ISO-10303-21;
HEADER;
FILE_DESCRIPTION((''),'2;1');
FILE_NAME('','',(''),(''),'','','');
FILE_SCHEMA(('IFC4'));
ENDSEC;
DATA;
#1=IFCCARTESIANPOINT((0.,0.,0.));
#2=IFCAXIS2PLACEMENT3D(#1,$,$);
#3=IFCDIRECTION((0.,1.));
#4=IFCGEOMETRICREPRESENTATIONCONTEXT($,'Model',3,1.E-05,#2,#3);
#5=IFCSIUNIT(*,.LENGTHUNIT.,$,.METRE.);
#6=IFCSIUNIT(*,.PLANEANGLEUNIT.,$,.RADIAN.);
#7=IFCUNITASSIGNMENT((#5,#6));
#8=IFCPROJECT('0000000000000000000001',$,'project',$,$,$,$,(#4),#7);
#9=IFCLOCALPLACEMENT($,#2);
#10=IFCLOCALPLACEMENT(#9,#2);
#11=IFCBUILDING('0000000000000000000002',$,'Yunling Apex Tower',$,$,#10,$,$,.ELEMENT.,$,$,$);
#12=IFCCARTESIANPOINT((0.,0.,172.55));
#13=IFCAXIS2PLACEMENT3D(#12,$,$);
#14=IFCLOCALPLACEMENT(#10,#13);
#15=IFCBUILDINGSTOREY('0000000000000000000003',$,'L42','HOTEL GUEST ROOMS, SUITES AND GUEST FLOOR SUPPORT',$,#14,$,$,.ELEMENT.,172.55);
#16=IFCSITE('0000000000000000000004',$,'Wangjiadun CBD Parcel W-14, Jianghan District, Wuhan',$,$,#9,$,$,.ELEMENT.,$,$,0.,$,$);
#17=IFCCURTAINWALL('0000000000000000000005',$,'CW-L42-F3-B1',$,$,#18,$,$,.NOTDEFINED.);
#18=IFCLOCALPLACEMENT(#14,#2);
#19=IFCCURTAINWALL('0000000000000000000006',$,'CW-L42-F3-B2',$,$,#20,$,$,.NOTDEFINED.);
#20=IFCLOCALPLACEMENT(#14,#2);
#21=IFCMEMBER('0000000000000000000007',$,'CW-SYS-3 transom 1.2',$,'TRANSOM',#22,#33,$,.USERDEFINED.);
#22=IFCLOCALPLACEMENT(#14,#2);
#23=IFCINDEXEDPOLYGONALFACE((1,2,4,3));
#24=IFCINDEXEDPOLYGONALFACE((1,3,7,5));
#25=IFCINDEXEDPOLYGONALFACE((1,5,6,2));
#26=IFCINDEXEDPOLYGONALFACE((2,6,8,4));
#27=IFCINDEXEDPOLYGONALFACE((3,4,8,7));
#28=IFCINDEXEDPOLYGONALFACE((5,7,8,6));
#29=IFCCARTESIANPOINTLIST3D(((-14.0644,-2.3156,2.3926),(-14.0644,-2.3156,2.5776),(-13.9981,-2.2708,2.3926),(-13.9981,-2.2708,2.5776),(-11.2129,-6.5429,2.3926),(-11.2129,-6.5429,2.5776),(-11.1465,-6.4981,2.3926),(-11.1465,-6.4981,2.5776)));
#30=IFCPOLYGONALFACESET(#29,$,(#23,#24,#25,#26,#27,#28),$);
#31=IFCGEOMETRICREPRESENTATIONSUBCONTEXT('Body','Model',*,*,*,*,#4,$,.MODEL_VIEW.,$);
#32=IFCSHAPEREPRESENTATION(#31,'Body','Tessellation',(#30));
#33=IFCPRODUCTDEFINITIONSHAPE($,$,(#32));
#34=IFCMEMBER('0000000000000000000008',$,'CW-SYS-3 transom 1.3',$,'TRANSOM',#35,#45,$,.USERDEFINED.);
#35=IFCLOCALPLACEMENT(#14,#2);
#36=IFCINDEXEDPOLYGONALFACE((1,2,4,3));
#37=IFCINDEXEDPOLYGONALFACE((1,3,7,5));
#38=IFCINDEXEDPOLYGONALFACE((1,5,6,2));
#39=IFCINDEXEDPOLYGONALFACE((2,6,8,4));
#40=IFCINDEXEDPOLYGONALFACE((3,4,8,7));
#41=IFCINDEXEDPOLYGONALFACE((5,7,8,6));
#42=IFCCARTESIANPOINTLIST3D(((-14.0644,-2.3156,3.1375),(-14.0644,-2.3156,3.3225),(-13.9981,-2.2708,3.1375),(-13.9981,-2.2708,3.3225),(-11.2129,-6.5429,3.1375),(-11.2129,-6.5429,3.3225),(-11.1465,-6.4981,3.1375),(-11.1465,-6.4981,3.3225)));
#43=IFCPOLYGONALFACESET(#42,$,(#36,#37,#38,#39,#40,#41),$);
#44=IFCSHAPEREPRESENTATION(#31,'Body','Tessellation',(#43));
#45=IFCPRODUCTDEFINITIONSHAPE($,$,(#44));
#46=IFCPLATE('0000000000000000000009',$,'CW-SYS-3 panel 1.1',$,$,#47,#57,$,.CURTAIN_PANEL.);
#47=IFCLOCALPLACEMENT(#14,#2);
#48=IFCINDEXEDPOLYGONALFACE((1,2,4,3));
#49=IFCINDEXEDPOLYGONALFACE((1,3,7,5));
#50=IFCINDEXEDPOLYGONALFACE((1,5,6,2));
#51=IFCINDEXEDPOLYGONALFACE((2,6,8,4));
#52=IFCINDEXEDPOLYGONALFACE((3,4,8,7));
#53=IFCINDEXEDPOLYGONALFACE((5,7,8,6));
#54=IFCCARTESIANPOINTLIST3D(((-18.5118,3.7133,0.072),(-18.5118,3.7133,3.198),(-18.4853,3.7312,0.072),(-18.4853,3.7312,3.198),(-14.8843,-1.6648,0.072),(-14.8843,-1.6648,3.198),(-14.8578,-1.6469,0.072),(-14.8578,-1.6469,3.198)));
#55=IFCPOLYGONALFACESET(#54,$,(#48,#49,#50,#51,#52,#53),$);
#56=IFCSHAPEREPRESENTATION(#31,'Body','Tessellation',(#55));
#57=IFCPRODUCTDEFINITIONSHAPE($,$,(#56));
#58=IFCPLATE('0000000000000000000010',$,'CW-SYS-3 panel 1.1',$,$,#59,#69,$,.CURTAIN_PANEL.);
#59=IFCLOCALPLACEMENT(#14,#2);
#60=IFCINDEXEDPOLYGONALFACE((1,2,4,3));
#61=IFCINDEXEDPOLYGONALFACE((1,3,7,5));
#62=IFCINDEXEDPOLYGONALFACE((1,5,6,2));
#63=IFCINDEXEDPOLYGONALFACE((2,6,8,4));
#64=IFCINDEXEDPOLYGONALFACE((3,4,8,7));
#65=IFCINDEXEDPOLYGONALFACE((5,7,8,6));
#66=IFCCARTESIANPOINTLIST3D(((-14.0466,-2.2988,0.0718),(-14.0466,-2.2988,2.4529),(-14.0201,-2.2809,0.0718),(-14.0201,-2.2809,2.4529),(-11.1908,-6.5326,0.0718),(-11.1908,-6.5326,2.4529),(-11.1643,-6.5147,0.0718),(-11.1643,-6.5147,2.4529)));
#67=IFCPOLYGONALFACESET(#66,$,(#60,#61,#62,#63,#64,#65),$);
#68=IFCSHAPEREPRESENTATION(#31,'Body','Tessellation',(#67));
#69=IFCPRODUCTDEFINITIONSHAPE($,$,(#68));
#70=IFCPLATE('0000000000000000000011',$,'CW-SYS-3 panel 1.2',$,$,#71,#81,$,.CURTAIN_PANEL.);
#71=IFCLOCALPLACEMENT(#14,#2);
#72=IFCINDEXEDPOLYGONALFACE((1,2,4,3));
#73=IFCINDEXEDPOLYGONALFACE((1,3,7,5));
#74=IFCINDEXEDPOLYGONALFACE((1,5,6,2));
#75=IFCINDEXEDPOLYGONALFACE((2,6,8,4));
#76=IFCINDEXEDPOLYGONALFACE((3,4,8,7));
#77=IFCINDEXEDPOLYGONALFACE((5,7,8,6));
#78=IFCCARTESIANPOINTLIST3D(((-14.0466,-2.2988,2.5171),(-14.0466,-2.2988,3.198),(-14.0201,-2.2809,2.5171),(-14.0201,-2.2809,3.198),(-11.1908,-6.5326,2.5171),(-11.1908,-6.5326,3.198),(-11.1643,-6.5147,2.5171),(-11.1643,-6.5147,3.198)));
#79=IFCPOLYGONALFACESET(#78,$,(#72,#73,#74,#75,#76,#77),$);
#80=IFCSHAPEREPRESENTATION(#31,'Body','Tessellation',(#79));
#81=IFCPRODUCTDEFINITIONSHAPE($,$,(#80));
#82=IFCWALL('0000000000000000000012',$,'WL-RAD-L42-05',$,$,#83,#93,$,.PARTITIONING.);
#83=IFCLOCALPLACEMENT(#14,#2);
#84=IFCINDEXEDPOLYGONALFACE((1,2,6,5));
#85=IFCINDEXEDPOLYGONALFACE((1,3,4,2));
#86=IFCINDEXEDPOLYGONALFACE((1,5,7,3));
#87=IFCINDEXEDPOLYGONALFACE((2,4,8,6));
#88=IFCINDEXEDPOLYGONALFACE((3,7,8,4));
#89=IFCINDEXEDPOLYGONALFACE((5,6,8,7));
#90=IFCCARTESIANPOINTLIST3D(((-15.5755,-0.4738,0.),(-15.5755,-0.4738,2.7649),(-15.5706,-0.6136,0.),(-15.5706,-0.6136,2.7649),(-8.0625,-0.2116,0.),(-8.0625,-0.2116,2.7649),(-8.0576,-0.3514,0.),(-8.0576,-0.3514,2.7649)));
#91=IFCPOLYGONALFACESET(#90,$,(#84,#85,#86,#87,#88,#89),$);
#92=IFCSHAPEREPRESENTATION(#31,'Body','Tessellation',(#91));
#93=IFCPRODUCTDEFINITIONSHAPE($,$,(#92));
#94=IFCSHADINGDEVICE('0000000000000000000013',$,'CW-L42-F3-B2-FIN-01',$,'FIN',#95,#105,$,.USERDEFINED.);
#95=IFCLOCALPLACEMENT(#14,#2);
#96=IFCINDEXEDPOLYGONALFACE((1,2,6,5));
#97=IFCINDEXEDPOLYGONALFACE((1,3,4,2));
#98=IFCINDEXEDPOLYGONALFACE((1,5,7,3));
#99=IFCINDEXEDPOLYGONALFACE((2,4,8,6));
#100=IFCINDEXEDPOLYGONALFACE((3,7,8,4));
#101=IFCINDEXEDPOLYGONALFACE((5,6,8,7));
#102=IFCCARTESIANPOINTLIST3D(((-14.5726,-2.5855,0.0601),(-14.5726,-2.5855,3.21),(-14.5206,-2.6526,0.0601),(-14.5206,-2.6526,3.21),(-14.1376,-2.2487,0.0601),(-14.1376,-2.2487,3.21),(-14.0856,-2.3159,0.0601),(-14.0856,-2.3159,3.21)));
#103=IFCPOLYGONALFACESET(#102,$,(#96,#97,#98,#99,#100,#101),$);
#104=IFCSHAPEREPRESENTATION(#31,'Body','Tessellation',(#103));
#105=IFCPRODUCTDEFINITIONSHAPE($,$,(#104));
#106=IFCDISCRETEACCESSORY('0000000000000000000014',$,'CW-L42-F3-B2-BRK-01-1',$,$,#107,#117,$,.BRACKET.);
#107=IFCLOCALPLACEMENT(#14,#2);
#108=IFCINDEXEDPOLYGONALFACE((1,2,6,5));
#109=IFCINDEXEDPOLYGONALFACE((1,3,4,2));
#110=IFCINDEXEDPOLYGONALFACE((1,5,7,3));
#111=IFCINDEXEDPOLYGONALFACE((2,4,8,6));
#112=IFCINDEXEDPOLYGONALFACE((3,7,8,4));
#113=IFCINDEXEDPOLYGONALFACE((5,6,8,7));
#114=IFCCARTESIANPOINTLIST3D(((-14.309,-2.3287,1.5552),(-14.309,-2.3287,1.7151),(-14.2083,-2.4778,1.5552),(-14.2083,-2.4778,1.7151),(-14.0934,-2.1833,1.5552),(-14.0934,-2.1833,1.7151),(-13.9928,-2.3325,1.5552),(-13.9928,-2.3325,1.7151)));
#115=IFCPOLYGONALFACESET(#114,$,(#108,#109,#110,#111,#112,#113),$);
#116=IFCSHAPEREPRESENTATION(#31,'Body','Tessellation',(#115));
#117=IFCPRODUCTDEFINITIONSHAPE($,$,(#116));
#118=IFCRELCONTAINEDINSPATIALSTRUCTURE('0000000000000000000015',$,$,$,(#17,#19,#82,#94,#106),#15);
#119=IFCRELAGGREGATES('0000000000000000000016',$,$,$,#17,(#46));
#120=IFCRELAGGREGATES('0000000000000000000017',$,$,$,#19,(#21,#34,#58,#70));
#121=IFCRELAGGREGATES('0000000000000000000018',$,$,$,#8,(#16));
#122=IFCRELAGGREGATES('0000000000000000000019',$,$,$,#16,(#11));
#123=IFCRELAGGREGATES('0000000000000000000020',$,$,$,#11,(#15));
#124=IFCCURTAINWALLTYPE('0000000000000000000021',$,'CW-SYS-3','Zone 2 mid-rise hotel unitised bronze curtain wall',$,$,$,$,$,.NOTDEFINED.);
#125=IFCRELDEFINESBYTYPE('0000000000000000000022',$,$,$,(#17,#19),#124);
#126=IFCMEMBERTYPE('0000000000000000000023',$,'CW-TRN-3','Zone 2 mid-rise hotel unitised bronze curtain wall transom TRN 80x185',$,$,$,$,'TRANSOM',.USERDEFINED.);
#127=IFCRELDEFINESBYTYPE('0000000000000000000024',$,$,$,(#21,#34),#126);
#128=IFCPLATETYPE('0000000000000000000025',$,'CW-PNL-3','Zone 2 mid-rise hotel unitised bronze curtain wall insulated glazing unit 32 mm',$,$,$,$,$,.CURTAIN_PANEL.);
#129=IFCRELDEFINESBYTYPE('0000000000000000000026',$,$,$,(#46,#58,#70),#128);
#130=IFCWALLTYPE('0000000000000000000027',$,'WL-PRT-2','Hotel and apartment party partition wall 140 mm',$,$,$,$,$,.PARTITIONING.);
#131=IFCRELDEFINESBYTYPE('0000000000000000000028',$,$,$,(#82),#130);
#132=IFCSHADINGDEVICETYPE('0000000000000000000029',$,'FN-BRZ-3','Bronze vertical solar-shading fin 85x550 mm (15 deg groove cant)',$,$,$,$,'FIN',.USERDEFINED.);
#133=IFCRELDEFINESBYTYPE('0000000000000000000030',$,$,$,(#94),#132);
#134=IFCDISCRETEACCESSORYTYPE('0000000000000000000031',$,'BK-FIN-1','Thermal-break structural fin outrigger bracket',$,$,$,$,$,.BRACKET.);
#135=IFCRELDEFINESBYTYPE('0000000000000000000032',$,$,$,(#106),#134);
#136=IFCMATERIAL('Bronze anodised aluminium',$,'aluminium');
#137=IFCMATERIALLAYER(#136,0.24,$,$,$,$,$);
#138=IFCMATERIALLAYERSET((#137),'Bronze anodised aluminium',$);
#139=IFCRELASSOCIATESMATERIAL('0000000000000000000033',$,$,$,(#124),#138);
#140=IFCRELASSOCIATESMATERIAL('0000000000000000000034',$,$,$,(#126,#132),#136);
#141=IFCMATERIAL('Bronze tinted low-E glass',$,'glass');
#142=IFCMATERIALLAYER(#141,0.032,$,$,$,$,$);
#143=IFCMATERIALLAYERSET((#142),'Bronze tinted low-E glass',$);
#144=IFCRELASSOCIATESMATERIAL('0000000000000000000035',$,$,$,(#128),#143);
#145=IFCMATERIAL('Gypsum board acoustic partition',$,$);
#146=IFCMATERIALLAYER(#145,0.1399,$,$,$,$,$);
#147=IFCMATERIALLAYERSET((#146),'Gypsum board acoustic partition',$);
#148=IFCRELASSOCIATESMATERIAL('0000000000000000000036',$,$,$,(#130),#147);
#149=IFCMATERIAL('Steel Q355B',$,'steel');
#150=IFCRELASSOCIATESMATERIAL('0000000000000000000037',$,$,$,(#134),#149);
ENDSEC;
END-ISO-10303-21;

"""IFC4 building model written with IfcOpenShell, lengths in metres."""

from ifc_helpers import new_model, si_unit, direction, frame, frame_2d, origin, origin_2d, place, context, subcontext, project, spatial, rectangle, extrude, source, transform, mapped, material, layer, layer_set, material_profile, profile_set, type_object, element, aggregate, save


model = new_model("IFC4")

# Units and contexts
model_context = context("Model", 3, precision=1e-05, world=origin(), true_north=direction((0.0, 1.0)))
body_context = subcontext(model_context, "Body", "Model", "MODEL_VIEW")
ifc_project = project(units=[si_unit("LENGTHUNIT", "METRE"), si_unit("PLANEANGLEUNIT", "RADIAN")], contexts=[model_context])

# Site, building, storey
site_placement = place(None, origin())
site = spatial("IfcSite", under=ifc_project, at=site_placement, Name="Wangjiadun CBD Parcel W-14, Jianghan District, Wuhan", CompositionType="ELEMENT", RefElevation=0.0)
building_placement = place(site_placement, origin())
building = spatial("IfcBuilding", under=site, at=building_placement, Name="Yunling Apex Tower", CompositionType="ELEMENT")
storey_placement = place(building_placement, frame((0.0, 0.0, 172.55)))
storey = spatial("IfcBuildingStorey", under=building, at=storey_placement, Name="L42", Description="HOTEL GUEST ROOMS, SUITES AND GUEST FLOOR SUPPORT", CompositionType="ELEMENT", Elevation=172.55)

# Shared definitions
ifc_material_1 = material(Name="Steel Q355B", Category="steel")

# Curtain wall
ifc_material_2 = material(Name="Bronze anodised aluminium", Category="aluminium")
ifc_layer_1 = layer(ifc_material_2, 0.24)
ifc_layer_set_1 = layer_set([ifc_layer_1], Name="Bronze anodised aluminium")
curtain_wall_type = type_object("IfcCurtainWallType", Name="CW-SYS-3", Description="Zone 2 mid-rise hotel unitised bronze curtain wall", PredefinedType="NOTDEFINED", material=ifc_layer_set_1)
curtain_wall_1_placement = place(storey_placement, origin())
curtain_wall_1 = element("IfcCurtainWall", 1, at=curtain_wall_1_placement, inside=storey, type_object=curtain_wall_type, Name="CW-L42-F3-B1", PredefinedType="NOTDEFINED")

# Curtain wall, members
curtain_wall_2_placement = place(storey_placement, origin())
curtain_wall_2 = element("IfcCurtainWall", 2, at=curtain_wall_2_placement, inside=storey, type_object=curtain_wall_type, Name="CW-L42-F3-B2", PredefinedType="NOTDEFINED")
ifc_material_profile_1 = material_profile(ifc_material_2, rectangle(XDim=0.0801, YDim=0.1851, at=origin_2d()))
ifc_profile_set_1 = profile_set([ifc_material_profile_1], Name="Bronze anodised aluminium")
member_type_1 = type_object("IfcMemberType", Name="CW-TRN-3", Description="Zone 2 mid-rise hotel unitised bronze curtain wall transom TRN 80x185", ElementType="TRANSOM", PredefinedType="USERDEFINED", material=ifc_profile_set_1)
shared_shape_1 = source(origin(), body_context, "Body", "SweptSolid", [
    extrude(rectangle(XDim=0.0801, YDim=0.1851, at=origin_2d()), origin(), (0.0, 0.0, 1.0), 5.0991),
])
member_1_placement = place(storey_placement, frame((-14.0312, -2.2932, 2.4851), z_axis=(0.559222, -0.829018, 0.0), x_axis=(0.829018, 0.559222, 0.0)))
member_1 = element("IfcMember", 3, at=member_1_placement, type_object=member_type_1, Name="CW-SYS-3 transom 1.2", ObjectType="TRANSOM", PredefinedType="USERDEFINED", context=body_context, shape_type="MappedRepresentation", body=[
    mapped(shared_shape_1, transform((0.0, 0.0, 0.0), scale=1.0)),
])
member_2_placement = place(storey_placement, frame((-14.0312, -2.2932, 3.23), z_axis=(0.559222, -0.829018, 0.0), x_axis=(0.829018, 0.559222, 0.0)))
member_2 = element("IfcMember", 4, at=member_2_placement, type_object=member_type_1, Name="CW-SYS-3 transom 1.3", ObjectType="TRANSOM", PredefinedType="USERDEFINED", context=body_context, shape_type="MappedRepresentation", body=[
    mapped(shared_shape_1, transform((0.0, 0.0, 0.0), scale=1.0)),
])

# Plates
ifc_material_3 = material(Name="Bronze tinted low-E glass", Category="glass")
ifc_layer_2 = layer(ifc_material_3, 0.032)
ifc_layer_set_2 = layer_set([ifc_layer_2], Name="Bronze tinted low-E glass")
plate_type = type_object("IfcPlateType", Name="CW-PNL-3", Description="Zone 2 mid-rise hotel unitised bronze curtain wall insulated glazing unit 32 mm", PredefinedType="CURTAIN_PANEL", material=ifc_layer_set_2)
shared_shape_2 = source(origin(), body_context, "Body", "SweptSolid", [
    extrude(rectangle(XDim=6.4871, YDim=0.032, at=origin_2d()), origin(), (0.0, 0.0, 1.0), 3.126),
])
plate_1_placement = place(storey_placement, frame((-16.6848, 1.0332, 0.072), z_axis=(0.0, 0.0, 1.0), x_axis=(0.559181, -0.829045, 0.0)))
plate_1 = element("IfcPlate", 5, at=plate_1_placement, type_object=plate_type, Name="CW-SYS-3 panel 1.1", PredefinedType="CURTAIN_PANEL", context=body_context, shape_type="MappedRepresentation", body=[
    mapped(shared_shape_2, transform((0.0, 0.0, 0.0), scale=1.0)),
])
aggregate(curtain_wall_1, [plate_1])
shared_shape_3 = source(origin(), body_context, "Body", "SweptSolid", [
    extrude(rectangle(XDim=5.1069, YDim=0.032, at=origin_2d()), origin(), (0.0, 0.0, 1.0), 2.3811),
])
plate_2_placement = place(storey_placement, frame((-12.6055, -4.4067, 0.0718), z_axis=(0.0, 0.0, 1.0), x_axis=(0.55921, -0.829026, 0.0)))
plate_2 = element("IfcPlate", 6, at=plate_2_placement, type_object=plate_type, Name="CW-SYS-3 panel 1.1", PredefinedType="CURTAIN_PANEL", context=body_context, shape_type="MappedRepresentation", body=[
    mapped(shared_shape_3, transform((0.0, 0.0, 0.0), scale=1.0)),
])
shared_shape_4 = source(origin(), body_context, "Body", "SweptSolid", [
    extrude(rectangle(XDim=5.1069, YDim=0.032, at=origin_2d()), origin(), (0.0, 0.0, 1.0), 0.6809),
])
plate_3_placement = place(storey_placement, frame((-12.6055, -4.4067, 2.5171), z_axis=(0.0, 0.0, 1.0), x_axis=(0.55921, -0.829026, 0.0)))
plate_3 = element("IfcPlate", 7, at=plate_3_placement, type_object=plate_type, Name="CW-SYS-3 panel 1.2", PredefinedType="CURTAIN_PANEL", context=body_context, shape_type="MappedRepresentation", body=[
    mapped(shared_shape_4, transform((0.0, 0.0, 0.0), scale=1.0)),
])
aggregate(curtain_wall_2, [member_1, member_2, plate_2, plate_3])

# Wall
ifc_material_4 = material(Name="Gypsum board acoustic partition")
ifc_layer_3 = layer(ifc_material_4, 0.1399)
ifc_layer_set_3 = layer_set([ifc_layer_3], Name="Gypsum board acoustic partition")
wall_type = type_object("IfcWallType", Name="WL-PRT-2", Description="Hotel and apartment party partition wall 140 mm", PredefinedType="PARTITIONING", material=ifc_layer_set_3)
wall_placement = place(storey_placement, frame((-8.0601, -0.2815, 0.0), z_axis=(0.0, 0.0, 1.0), x_axis=(-0.999392, -0.034879, 0.0)))
element("IfcWall", 8, at=wall_placement, inside=storey, type_object=wall_type, Name="WL-RAD-L42-05", PredefinedType="PARTITIONING", context=body_context, shape_type="SweptSolid", body=[
    extrude(rectangle(XDim=7.5176, YDim=0.1399, at=frame_2d((3.7588, 0.0))), origin(), (0.0, 0.0, 1.0), 2.7649),
])

# Shading device
ifc_material_profile_2 = material_profile(ifc_material_2, rectangle(XDim=0.085, YDim=0.55, at=origin_2d()))
ifc_profile_set_2 = profile_set([ifc_material_profile_2], Name="Bronze anodised aluminium")
shading_device_type = type_object("IfcShadingDeviceType", Name="FN-BRZ-3", Description="Bronze vertical solar-shading fin 85x550 mm (15 deg groove cant)", ElementType="FIN", PredefinedType="USERDEFINED", material=ifc_profile_set_2)
shared_shape_5 = source(origin(), body_context, "Body", "SweptSolid", [
    extrude(rectangle(XDim=0.085, YDim=0.55, at=origin_2d()), origin(), (0.0, 0.0, 1.0), 3.1499),
])
shading_device_placement = place(storey_placement, frame((-14.3291, -2.4507, 0.0601), z_axis=(0.0, 0.0, 1.0), x_axis=(0.612217, -0.79069, 0.0)))
element("IfcShadingDevice", 9, at=shading_device_placement, inside=storey, type_object=shading_device_type, Name="CW-L42-F3-B2-FIN-01", ObjectType="FIN", PredefinedType="USERDEFINED", context=body_context, shape_type="MappedRepresentation", body=[
    mapped(shared_shape_5, transform((0.0, 0.0, 0.0), scale=1.0)),
])

# Discrete accessory
discrete_accessory_type = type_object("IfcDiscreteAccessoryType", Name="BK-FIN-1", Description="Thermal-break structural fin outrigger bracket", PredefinedType="BRACKET", material=ifc_material_1)
shared_shape_6 = source(origin(), body_context, "Body", "SweptSolid", [
    extrude(rectangle(XDim=0.1799, YDim=0.26, at=origin_2d()), origin(), (0.0, 0.0, 1.0), 0.1599),
])
discrete_accessory_placement = place(storey_placement, frame((-14.1509, -2.3306, 1.5552), z_axis=(0.0, 0.0, 1.0), x_axis=(0.559193, -0.829038, 0.0)))
element("IfcDiscreteAccessory", 10, at=discrete_accessory_placement, inside=storey, type_object=discrete_accessory_type, Name="CW-L42-F3-B2-BRK-01-1", PredefinedType="BRACKET", context=body_context, shape_type="MappedRepresentation", body=[
    mapped(shared_shape_6, transform((0.0, 0.0, 0.0), scale=1.0)),
])

save(model, "model.ifc")
